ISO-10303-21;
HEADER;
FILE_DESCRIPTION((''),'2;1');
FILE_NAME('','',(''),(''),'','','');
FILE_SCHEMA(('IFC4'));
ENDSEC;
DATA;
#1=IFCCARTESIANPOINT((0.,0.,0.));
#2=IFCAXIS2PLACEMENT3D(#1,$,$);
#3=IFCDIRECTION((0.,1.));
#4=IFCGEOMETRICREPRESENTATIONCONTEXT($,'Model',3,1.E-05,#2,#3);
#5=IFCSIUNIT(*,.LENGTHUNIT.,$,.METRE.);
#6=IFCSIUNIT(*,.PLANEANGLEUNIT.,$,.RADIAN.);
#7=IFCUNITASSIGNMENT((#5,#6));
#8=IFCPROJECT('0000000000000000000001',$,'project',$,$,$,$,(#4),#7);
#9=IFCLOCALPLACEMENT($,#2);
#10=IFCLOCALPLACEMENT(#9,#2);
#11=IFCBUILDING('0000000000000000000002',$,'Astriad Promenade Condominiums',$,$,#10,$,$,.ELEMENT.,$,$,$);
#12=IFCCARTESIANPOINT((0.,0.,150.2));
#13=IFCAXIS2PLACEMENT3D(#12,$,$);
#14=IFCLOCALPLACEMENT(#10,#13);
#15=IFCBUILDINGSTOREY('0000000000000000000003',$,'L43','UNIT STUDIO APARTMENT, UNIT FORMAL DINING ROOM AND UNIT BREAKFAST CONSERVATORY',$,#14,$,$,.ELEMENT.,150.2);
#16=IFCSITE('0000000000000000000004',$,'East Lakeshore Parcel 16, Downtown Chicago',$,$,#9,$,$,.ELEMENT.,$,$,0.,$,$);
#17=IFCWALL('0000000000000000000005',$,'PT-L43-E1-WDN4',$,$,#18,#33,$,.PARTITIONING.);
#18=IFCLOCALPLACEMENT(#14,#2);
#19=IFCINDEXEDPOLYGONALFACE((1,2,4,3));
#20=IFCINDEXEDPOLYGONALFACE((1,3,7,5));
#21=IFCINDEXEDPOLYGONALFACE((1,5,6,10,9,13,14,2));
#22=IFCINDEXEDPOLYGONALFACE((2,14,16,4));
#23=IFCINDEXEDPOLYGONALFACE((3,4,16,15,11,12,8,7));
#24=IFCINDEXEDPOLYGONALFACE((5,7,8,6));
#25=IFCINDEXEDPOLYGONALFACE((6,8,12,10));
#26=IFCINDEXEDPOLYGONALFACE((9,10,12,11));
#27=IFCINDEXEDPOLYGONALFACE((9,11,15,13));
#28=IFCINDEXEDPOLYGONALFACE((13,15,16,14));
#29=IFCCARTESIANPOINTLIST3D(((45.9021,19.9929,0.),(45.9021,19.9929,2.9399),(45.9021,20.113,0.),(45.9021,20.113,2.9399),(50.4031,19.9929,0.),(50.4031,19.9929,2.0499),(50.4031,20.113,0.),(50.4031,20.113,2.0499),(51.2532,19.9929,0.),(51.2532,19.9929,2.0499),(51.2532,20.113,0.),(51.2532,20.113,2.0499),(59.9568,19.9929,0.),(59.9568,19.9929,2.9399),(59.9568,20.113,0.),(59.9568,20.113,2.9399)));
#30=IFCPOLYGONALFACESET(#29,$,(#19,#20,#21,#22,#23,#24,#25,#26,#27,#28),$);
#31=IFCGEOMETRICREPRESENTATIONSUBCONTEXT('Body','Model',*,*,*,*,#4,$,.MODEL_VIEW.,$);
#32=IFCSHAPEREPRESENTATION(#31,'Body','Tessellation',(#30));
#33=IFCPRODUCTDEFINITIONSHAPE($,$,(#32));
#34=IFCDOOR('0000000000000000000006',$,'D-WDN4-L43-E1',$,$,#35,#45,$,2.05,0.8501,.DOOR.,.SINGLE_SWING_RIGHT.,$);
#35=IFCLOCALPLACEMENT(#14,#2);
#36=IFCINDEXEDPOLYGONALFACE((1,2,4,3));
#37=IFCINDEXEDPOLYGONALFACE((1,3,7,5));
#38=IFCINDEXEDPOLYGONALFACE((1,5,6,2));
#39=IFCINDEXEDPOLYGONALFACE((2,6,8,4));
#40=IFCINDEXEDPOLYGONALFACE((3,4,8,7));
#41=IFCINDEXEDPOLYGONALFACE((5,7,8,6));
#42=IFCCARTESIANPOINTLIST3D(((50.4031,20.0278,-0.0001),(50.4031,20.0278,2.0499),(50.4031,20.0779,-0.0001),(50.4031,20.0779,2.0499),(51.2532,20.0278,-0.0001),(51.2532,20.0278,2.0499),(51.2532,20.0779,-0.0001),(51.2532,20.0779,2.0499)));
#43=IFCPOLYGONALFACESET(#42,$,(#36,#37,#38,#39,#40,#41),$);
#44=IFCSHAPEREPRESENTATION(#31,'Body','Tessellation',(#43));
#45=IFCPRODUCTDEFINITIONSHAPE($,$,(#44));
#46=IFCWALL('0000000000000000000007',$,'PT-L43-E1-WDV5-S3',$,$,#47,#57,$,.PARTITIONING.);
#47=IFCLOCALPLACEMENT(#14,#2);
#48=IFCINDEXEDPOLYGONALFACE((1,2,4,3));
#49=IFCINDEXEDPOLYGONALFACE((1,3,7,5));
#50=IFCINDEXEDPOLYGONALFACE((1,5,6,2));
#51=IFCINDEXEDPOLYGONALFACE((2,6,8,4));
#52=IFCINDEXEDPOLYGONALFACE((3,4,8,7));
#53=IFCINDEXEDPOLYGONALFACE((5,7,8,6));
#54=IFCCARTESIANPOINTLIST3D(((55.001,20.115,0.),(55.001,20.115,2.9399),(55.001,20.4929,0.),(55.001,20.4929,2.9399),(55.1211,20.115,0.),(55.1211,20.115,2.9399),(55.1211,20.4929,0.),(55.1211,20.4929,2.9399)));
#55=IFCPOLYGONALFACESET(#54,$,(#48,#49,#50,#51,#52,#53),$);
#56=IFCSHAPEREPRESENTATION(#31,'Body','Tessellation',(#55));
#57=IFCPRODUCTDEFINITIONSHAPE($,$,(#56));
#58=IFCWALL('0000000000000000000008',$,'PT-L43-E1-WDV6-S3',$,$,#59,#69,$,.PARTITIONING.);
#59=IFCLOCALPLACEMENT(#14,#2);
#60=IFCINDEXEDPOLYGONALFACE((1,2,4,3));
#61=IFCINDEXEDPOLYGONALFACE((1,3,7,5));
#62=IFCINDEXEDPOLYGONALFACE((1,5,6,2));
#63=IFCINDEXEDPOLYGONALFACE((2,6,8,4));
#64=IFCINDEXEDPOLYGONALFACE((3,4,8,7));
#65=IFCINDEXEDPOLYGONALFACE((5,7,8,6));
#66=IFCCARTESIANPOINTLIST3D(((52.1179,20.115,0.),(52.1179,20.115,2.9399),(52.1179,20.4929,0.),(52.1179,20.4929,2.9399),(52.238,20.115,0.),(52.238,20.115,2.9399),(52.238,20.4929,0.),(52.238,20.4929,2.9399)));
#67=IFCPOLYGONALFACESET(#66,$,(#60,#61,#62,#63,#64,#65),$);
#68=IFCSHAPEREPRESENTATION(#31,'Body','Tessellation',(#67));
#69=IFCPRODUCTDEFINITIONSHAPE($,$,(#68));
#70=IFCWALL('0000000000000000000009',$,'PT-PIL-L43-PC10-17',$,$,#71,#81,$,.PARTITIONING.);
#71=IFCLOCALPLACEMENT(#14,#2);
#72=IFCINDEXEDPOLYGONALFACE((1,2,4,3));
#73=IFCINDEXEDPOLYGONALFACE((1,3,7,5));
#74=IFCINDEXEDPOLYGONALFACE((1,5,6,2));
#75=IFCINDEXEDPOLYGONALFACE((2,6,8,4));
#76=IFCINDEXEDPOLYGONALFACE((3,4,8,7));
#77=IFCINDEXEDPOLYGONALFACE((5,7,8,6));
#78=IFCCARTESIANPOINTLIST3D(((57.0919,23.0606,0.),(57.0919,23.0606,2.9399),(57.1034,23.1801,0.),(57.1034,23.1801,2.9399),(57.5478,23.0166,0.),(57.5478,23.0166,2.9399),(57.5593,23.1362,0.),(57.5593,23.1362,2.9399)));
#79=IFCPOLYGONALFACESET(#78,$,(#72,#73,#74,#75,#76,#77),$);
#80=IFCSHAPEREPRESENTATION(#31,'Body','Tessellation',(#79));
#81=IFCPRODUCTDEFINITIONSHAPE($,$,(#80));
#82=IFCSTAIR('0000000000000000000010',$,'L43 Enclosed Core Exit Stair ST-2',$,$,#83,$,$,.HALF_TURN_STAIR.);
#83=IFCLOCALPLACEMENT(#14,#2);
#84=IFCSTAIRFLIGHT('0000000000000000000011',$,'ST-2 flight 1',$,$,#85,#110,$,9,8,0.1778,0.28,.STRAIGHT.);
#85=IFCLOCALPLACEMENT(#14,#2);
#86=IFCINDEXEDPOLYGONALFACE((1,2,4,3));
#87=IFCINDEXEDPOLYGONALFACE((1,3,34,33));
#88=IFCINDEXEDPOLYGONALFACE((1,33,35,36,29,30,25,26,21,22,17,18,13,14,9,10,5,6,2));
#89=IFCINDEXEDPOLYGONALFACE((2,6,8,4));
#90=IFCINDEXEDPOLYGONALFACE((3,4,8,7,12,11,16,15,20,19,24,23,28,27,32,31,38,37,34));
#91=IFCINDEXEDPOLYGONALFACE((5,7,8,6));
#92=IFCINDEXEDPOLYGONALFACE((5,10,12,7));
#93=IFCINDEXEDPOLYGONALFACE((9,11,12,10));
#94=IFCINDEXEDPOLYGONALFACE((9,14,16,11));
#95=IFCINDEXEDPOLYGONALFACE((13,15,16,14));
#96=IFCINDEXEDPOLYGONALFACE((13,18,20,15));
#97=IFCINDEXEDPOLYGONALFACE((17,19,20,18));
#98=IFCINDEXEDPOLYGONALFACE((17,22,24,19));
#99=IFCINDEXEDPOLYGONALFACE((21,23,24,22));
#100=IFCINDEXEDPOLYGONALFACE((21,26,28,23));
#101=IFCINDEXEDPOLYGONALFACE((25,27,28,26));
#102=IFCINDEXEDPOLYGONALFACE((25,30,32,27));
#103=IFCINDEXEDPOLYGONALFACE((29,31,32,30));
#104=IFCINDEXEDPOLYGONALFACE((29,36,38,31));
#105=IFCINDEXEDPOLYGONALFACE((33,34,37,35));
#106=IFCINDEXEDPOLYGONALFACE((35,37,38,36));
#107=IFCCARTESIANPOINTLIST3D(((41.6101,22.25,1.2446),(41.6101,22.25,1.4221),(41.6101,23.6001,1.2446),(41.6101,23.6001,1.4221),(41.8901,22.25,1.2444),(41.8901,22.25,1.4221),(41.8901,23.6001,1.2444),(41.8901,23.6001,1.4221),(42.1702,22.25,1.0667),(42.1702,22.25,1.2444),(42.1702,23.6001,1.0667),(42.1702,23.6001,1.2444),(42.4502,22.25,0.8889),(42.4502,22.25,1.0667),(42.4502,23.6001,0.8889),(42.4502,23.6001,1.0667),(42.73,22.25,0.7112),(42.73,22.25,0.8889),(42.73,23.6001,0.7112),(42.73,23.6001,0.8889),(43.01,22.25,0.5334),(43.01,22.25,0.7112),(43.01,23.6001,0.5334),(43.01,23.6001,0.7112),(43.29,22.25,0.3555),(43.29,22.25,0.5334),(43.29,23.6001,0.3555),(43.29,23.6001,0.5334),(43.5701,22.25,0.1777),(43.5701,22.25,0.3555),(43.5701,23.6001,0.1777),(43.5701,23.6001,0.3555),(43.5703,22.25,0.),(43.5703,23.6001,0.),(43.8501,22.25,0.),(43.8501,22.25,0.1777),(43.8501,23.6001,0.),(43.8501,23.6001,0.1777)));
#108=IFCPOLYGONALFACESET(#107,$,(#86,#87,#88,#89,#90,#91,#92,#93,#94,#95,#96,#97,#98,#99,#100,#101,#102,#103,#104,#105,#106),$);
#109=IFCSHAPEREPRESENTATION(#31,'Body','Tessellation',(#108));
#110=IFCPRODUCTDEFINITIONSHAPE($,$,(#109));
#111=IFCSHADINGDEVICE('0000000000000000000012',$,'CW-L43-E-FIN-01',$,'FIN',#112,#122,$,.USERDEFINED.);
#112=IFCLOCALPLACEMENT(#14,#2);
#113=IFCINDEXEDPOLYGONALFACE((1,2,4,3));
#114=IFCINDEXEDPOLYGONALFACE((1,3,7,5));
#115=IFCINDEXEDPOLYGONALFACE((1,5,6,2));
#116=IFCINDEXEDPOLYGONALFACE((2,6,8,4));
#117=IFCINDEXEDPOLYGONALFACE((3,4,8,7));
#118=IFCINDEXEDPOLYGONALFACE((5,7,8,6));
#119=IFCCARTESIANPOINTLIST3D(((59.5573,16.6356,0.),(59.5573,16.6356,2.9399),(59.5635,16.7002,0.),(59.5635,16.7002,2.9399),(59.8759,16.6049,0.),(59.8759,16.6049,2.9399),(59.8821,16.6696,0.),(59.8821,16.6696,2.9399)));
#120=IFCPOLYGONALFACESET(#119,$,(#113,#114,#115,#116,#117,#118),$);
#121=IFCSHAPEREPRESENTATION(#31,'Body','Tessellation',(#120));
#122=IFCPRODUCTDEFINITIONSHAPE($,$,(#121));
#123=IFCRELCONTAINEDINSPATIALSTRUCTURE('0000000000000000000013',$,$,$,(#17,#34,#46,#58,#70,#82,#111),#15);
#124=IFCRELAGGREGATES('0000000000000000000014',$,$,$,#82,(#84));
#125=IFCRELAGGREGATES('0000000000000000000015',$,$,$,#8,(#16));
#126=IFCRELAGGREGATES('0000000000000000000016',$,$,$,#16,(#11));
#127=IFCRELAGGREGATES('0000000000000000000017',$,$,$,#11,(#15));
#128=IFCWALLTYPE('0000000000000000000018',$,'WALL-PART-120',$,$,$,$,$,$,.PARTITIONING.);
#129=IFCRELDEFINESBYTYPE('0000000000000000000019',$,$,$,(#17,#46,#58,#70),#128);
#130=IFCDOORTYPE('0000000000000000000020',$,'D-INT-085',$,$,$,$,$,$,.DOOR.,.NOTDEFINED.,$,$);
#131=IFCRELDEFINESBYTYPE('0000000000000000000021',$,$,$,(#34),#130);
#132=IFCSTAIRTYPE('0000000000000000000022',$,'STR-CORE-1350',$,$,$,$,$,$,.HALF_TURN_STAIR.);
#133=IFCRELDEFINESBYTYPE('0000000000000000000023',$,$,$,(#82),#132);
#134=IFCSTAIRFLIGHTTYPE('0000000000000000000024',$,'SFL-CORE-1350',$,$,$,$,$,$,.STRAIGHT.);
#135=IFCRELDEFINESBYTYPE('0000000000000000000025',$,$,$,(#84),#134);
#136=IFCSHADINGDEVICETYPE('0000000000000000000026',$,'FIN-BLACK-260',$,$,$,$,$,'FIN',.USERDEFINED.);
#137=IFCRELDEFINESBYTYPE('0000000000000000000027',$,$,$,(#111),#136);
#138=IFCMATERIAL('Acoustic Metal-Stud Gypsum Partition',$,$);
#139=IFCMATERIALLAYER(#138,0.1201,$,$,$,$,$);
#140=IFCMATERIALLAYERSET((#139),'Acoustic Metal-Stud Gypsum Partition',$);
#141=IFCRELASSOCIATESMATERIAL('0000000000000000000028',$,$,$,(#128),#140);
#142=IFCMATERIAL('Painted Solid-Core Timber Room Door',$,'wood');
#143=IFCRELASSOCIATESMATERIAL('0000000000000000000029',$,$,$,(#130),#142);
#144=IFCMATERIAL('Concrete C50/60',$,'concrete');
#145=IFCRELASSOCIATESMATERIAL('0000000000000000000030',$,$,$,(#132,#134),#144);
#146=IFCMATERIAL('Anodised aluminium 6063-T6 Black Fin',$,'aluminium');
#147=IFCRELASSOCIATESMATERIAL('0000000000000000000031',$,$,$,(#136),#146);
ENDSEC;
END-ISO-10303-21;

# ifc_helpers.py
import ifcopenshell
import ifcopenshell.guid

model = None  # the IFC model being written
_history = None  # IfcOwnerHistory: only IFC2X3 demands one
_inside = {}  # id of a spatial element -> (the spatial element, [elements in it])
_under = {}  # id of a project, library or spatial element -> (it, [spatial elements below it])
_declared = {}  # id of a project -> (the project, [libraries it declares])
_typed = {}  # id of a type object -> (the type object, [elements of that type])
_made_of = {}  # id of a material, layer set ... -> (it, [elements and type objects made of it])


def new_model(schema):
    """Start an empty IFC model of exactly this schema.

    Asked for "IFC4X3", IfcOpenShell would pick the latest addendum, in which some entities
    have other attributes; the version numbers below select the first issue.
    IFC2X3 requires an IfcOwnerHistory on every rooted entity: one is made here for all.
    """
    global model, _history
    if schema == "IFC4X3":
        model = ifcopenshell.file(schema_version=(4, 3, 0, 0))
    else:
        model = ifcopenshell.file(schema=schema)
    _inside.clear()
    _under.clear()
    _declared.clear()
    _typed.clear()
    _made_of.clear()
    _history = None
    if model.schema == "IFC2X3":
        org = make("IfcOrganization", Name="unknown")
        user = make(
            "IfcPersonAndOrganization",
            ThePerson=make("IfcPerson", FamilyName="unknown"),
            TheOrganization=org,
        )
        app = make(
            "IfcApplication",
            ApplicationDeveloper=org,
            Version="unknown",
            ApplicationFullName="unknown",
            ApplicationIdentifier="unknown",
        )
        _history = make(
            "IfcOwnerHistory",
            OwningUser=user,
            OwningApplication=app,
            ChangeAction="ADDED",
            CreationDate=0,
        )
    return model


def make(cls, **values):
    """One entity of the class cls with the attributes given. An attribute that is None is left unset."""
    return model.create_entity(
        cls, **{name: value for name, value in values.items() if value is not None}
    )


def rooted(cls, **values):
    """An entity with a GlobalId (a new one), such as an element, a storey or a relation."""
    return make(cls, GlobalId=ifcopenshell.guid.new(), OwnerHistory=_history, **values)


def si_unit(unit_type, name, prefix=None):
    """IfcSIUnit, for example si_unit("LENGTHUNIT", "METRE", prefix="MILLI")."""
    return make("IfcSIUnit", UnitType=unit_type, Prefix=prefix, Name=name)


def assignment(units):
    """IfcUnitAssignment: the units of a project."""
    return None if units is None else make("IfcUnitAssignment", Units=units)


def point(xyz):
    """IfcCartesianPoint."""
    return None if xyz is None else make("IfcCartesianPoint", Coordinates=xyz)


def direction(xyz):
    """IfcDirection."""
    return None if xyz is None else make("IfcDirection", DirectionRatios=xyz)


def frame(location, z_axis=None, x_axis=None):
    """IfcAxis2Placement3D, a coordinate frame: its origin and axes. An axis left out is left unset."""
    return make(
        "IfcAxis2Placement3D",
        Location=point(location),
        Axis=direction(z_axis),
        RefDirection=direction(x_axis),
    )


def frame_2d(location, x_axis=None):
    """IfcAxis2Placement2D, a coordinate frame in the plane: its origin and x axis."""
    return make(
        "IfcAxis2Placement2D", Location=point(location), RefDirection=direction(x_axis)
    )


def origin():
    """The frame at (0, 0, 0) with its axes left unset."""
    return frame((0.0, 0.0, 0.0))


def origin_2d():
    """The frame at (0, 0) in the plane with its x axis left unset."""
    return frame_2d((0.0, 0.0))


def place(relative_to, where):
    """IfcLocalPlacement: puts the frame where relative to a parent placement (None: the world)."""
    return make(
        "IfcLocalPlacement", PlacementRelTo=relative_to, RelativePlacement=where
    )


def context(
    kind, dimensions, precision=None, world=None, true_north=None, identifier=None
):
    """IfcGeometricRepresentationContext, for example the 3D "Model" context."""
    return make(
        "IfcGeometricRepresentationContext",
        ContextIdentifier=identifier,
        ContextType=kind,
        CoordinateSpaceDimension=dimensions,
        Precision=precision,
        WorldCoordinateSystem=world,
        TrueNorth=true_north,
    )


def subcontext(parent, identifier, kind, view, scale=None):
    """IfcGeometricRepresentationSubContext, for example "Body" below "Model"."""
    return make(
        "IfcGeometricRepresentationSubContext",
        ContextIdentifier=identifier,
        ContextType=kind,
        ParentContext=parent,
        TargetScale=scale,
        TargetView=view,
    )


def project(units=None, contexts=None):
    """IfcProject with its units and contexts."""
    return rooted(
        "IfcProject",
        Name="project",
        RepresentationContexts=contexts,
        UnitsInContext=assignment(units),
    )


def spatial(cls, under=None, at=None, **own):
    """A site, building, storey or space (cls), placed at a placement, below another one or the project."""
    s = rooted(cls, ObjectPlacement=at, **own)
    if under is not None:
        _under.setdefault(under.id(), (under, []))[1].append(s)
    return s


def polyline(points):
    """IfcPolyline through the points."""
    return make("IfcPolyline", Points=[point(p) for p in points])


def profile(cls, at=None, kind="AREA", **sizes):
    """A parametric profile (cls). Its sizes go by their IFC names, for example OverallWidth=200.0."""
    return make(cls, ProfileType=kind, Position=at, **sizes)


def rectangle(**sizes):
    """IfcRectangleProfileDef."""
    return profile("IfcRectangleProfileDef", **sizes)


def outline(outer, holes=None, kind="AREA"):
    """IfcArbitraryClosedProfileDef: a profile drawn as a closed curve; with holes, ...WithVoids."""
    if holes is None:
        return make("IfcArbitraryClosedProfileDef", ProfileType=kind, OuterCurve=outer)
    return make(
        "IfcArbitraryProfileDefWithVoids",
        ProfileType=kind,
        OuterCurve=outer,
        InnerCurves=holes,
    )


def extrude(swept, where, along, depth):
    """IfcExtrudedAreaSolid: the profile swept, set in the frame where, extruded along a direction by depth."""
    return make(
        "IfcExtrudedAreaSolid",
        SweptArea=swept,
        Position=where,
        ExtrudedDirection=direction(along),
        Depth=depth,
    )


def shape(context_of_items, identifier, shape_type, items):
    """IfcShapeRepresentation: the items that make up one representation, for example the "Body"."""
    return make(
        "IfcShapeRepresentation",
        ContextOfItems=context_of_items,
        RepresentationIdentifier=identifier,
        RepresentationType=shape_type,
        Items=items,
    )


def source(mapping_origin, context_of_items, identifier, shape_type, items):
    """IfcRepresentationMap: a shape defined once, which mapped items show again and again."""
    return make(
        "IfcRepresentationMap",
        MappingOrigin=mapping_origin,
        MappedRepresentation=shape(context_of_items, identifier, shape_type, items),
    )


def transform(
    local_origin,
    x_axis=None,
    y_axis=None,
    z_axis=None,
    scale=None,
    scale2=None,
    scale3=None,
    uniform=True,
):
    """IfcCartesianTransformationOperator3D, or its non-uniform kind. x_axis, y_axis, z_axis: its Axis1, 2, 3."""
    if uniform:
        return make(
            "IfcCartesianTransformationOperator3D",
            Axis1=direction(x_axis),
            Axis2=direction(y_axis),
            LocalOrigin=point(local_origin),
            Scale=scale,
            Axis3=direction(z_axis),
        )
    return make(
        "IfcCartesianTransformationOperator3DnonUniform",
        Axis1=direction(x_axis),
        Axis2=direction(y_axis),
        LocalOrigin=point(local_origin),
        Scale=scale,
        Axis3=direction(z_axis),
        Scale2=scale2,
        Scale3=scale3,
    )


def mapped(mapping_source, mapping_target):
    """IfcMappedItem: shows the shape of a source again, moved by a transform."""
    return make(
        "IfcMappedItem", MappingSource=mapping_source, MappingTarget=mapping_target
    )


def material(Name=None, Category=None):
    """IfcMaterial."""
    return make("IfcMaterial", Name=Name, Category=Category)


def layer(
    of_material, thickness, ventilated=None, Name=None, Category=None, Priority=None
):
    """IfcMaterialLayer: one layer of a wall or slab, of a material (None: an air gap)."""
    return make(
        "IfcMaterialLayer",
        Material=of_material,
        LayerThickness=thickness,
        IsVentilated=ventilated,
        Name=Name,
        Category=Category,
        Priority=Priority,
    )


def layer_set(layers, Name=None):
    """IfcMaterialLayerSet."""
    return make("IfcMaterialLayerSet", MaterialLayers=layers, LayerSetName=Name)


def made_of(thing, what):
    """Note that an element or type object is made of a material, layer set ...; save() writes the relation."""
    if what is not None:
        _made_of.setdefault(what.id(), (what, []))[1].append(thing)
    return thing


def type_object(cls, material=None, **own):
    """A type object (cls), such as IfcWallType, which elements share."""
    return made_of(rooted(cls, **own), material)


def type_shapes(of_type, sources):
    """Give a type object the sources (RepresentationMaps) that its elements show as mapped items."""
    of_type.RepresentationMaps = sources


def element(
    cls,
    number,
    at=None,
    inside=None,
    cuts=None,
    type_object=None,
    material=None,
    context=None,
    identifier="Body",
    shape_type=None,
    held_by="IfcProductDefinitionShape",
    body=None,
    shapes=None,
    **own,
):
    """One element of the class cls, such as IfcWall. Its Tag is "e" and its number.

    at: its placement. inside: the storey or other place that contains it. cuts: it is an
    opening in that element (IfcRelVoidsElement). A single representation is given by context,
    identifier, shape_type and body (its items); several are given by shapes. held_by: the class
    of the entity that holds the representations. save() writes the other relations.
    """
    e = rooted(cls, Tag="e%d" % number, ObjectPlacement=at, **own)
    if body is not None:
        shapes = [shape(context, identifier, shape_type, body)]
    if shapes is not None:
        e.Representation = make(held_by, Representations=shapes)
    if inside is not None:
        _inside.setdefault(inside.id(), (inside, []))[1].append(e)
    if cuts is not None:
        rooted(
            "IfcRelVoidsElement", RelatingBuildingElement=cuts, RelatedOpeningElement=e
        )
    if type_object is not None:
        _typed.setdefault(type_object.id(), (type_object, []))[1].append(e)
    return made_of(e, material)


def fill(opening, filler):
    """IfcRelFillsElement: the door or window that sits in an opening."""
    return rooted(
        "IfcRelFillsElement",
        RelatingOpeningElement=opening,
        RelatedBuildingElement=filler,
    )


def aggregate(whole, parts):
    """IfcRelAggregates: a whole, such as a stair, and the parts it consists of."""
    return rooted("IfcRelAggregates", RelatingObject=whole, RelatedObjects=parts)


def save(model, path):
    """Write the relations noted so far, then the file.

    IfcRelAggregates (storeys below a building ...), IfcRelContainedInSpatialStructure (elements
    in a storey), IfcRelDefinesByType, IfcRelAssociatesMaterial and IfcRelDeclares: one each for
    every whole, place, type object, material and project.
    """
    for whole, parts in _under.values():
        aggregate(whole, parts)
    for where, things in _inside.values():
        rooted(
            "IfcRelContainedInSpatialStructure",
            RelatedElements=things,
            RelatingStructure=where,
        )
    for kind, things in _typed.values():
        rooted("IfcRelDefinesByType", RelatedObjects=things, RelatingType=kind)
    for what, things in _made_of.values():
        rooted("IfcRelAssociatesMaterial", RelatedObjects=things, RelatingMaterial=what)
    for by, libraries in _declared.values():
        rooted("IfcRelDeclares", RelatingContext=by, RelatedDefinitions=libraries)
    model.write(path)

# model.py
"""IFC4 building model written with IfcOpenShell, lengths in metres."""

from ifc_helpers import new_model, si_unit, direction, frame, frame_2d, origin, origin_2d, place, context, subcontext, project, spatial, polyline, rectangle, outline, extrude, source, transform, mapped, material, layer, layer_set, type_object, type_shapes, element, fill, aggregate, save


model = new_model("IFC4")

# Units and contexts
model_context = context("Model", 3, precision=1e-05, world=origin(), true_north=direction((0.0, 1.0)))
body_context = subcontext(model_context, "Body", "Model", "MODEL_VIEW")
ifc_project = project(units=[si_unit("LENGTHUNIT", "METRE"), si_unit("PLANEANGLEUNIT", "RADIAN")], contexts=[model_context])

# Site, building, storey
site_placement = place(None, origin())
site = spatial("IfcSite", under=ifc_project, at=site_placement, Name="East Lakeshore Parcel 16, Downtown Chicago", CompositionType="ELEMENT", RefElevation=0.0)
building_placement = place(site_placement, origin())
building = spatial("IfcBuilding", under=site, at=building_placement, Name="Astriad Promenade Condominiums", CompositionType="ELEMENT")
storey_placement = place(building_placement, frame((0.0, 0.0, 150.2)))
storey = spatial("IfcBuildingStorey", under=building, at=storey_placement, Name="L43", Description="UNIT STUDIO APARTMENT, UNIT FORMAL DINING ROOM AND UNIT BREAKFAST CONSERVATORY", CompositionType="ELEMENT", Elevation=150.2)

# Shared definitions
ifc_material_1 = material(Name="Acoustic Metal-Stud Gypsum Partition")
ifc_layer_1 = layer(ifc_material_1, 0.1201)
ifc_layer_set_1 = layer_set([ifc_layer_1], Name="Acoustic Metal-Stud Gypsum Partition")
wall_type_1 = type_object("IfcWallType", Name="WALL-PART-120", PredefinedType="PARTITIONING", material=ifc_layer_set_1)

# Wall, opening, door
ifc_material_2 = material(Name="Painted Solid-Core Timber Room Door", Category="wood")
door_type = type_object("IfcDoorType", Name="D-INT-085", OperationType="NOTDEFINED", PredefinedType="DOOR", material=ifc_material_2)
shared_shape_1 = source(origin(), body_context, "Body", "SweptSolid", [
    extrude(rectangle(XDim=0.8501, YDim=2.05, at=frame_2d((0.425, 1.0249))), frame((0.0, 0.0249, 0.0), z_axis=(0.0, -1.0, 0.0), x_axis=(1.0, 0.0, 0.0)), (0.0, 0.0, 1.0), 0.05),
])
type_shapes(door_type, [shared_shape_1])
wall_1_placement = place(storey_placement, frame((45.9021, 20.053, 0.0), z_axis=(0.0, 0.0, 1.0), x_axis=(1.0, 0.0, 0.0)))
wall_1 = element("IfcWall", 1, at=wall_1_placement, inside=storey, type_object=wall_type_1, Name="PT-L43-E1-WDN4", PredefinedType="PARTITIONING", context=body_context, shape_type="SweptSolid", body=[
    extrude(rectangle(XDim=14.0547, YDim=0.1201, at=frame_2d((7.0273, 0.0))), origin(), (0.0, 0.0, 1.0), 2.9399),
])
opening_1_placement = place(wall_1_placement, frame((4.501, 0.0, 0.0)))
opening_1 = element("IfcOpeningElement", 2, at=opening_1_placement, cuts=wall_1, PredefinedType="OPENING", context=body_context, shape_type="SweptSolid", body=[
    extrude(rectangle(XDim=0.8501, YDim=2.05, at=frame_2d((0.425, 1.0249))), frame((0.0, 0.0701, 0.0), z_axis=(0.0, -1.0, 0.0), x_axis=(1.0, 0.0, 0.0)), (0.0, 0.0, 1.0), 0.1401),
])
door_1_placement = place(opening_1_placement, origin())
door_1 = element("IfcDoor", 3, at=door_1_placement, inside=storey, type_object=door_type, Name="D-WDN4-L43-E1", OperationType="SINGLE_SWING_RIGHT", OverallHeight=2.05, OverallWidth=0.8501, PredefinedType="DOOR", context=body_context, shape_type="MappedRepresentation", body=[
    mapped(shared_shape_1, transform((0.0, 0.0, 0.0), scale=1.0)),
])
fill(opening_1, door_1)

# Walls
for number, where, z_axis, x_axis, name in (
    (4, (55.061, 20.115, 0.0), (0.0, 0.0, 1.0), (0.0, 1.0, 0.0), "PT-L43-E1-WDV5-S3"),
    (5, (52.178, 20.115, 0.0), (0.0, 0.0, 1.0), (0.0, 1.0, 0.0), "PT-L43-E1-WDV6-S3"),
):
    element("IfcWall", number, at=place(storey_placement, frame(where, z_axis=z_axis, x_axis=x_axis)), inside=storey, type_object=wall_type_1, Name=name, PredefinedType="PARTITIONING", context=body_context, shape_type="SweptSolid", body=[
        extrude(rectangle(XDim=0.3779, YDim=0.1201, at=frame_2d((0.189, 0.0))), origin(), (0.0, 0.0, 1.0), 2.9399),
    ])
wall_2_placement = place(storey_placement, frame((57.0977, 23.1204, 0.0), z_axis=(0.0, 0.0, 1.0), x_axis=(0.995385, -0.095966, 0.0)))
element("IfcWall", 6, at=wall_2_placement, inside=storey, type_object=wall_type_1, Name="PT-PIL-L43-PC10-17", PredefinedType="PARTITIONING", context=body_context, shape_type="SweptSolid", body=[
    extrude(rectangle(XDim=0.458, YDim=0.1201, at=frame_2d((0.229, 0.0))), origin(), (0.0, 0.0, 1.0), 2.9399),
])

# Stair, stair flight
ifc_material_3 = material(Name="Concrete C50/60", Category="concrete")
stair_type = type_object("IfcStairType", Name="STR-CORE-1350", PredefinedType="HALF_TURN_STAIR", material=ifc_material_3)
stair_placement = place(storey_placement, origin())
stair = element("IfcStair", 7, at=stair_placement, inside=storey, type_object=stair_type, Name="L43 Enclosed Core Exit Stair ST-2", PredefinedType="HALF_TURN_STAIR")
stair_flight_type = type_object("IfcStairFlightType", Name="SFL-CORE-1350", PredefinedType="STRAIGHT", material=ifc_material_3)
shared_shape_2 = source(origin(), body_context, "Body", "SweptSolid", [
    extrude(outline(polyline([(0.0, 0.0), (0.0, 0.1777), (0.28, 0.1777), (0.28, 0.3555), (0.5601, 0.3555), (0.5601, 0.5334), (0.8401, 0.5334), (0.8401, 0.7112), (1.1201, 0.7112), (1.1201, 0.8889), (1.3999, 0.8889), (1.3999, 1.0667), (1.6799, 1.0667), (1.6799, 1.2444), (1.96, 1.2444), (1.96, 1.4221), (2.24, 1.4221), (2.24, 1.6001), (2.24, 1.2446), (0.2798, 0.0), (0.0, 0.0)])), frame((0.0, 0.675, 0.0), z_axis=(0.0, -1.0, 0.0), x_axis=(1.0, 0.0, 0.0)), (0.0, 0.0, 1.0), 1.3501),
])
type_shapes(stair_flight_type, [shared_shape_2])
stair_flight_placement = place(storey_placement, frame((43.8501, 22.925, 0.0), z_axis=(0.0, 0.0, 1.0), x_axis=(-1.0, 0.0, 0.0)))
stair_flight = element("IfcStairFlight", 8, at=stair_flight_placement, type_object=stair_flight_type, Name="ST-2 flight 1", NumberOfRisers=9, NumberOfTreads=8, PredefinedType="STRAIGHT", RiserHeight=0.1778, TreadLength=0.28, context=body_context, shape_type="MappedRepresentation", body=[
    mapped(shared_shape_2, transform((0.0, 0.0, 0.0), scale=1.0)),
])
aggregate(stair, [stair_flight])

# Shading device
ifc_material_4 = material(Name="Anodised aluminium 6063-T6 Black Fin", Category="aluminium")
shading_device_type = type_object("IfcShadingDeviceType", Name="FIN-BLACK-260", ElementType="FIN", PredefinedType="USERDEFINED", material=ifc_material_4)
shared_shape_3 = source(origin(), body_context, "Body", "SweptSolid", [
    extrude(rectangle(XDim=0.0649, YDim=0.3201, at=origin_2d()), origin(), (0.0, 0.0, 1.0), 2.9399),
])
type_shapes(shading_device_type, [shared_shape_3])
shading_device_placement = place(storey_placement, frame((59.7197, 16.6526, 0.0), z_axis=(0.0, 0.0, 1.0), x_axis=(-0.095846, -0.995396, 0.0)))
element("IfcShadingDevice", 9, at=shading_device_placement, inside=storey, type_object=shading_device_type, Name="CW-L43-E-FIN-01", ObjectType="FIN", PredefinedType="USERDEFINED", context=body_context, shape_type="MappedRepresentation", body=[
    mapped(shared_shape_3, transform((0.0, 0.0, 0.0), scale=1.0)),
])

save(model, "model.ifc")
